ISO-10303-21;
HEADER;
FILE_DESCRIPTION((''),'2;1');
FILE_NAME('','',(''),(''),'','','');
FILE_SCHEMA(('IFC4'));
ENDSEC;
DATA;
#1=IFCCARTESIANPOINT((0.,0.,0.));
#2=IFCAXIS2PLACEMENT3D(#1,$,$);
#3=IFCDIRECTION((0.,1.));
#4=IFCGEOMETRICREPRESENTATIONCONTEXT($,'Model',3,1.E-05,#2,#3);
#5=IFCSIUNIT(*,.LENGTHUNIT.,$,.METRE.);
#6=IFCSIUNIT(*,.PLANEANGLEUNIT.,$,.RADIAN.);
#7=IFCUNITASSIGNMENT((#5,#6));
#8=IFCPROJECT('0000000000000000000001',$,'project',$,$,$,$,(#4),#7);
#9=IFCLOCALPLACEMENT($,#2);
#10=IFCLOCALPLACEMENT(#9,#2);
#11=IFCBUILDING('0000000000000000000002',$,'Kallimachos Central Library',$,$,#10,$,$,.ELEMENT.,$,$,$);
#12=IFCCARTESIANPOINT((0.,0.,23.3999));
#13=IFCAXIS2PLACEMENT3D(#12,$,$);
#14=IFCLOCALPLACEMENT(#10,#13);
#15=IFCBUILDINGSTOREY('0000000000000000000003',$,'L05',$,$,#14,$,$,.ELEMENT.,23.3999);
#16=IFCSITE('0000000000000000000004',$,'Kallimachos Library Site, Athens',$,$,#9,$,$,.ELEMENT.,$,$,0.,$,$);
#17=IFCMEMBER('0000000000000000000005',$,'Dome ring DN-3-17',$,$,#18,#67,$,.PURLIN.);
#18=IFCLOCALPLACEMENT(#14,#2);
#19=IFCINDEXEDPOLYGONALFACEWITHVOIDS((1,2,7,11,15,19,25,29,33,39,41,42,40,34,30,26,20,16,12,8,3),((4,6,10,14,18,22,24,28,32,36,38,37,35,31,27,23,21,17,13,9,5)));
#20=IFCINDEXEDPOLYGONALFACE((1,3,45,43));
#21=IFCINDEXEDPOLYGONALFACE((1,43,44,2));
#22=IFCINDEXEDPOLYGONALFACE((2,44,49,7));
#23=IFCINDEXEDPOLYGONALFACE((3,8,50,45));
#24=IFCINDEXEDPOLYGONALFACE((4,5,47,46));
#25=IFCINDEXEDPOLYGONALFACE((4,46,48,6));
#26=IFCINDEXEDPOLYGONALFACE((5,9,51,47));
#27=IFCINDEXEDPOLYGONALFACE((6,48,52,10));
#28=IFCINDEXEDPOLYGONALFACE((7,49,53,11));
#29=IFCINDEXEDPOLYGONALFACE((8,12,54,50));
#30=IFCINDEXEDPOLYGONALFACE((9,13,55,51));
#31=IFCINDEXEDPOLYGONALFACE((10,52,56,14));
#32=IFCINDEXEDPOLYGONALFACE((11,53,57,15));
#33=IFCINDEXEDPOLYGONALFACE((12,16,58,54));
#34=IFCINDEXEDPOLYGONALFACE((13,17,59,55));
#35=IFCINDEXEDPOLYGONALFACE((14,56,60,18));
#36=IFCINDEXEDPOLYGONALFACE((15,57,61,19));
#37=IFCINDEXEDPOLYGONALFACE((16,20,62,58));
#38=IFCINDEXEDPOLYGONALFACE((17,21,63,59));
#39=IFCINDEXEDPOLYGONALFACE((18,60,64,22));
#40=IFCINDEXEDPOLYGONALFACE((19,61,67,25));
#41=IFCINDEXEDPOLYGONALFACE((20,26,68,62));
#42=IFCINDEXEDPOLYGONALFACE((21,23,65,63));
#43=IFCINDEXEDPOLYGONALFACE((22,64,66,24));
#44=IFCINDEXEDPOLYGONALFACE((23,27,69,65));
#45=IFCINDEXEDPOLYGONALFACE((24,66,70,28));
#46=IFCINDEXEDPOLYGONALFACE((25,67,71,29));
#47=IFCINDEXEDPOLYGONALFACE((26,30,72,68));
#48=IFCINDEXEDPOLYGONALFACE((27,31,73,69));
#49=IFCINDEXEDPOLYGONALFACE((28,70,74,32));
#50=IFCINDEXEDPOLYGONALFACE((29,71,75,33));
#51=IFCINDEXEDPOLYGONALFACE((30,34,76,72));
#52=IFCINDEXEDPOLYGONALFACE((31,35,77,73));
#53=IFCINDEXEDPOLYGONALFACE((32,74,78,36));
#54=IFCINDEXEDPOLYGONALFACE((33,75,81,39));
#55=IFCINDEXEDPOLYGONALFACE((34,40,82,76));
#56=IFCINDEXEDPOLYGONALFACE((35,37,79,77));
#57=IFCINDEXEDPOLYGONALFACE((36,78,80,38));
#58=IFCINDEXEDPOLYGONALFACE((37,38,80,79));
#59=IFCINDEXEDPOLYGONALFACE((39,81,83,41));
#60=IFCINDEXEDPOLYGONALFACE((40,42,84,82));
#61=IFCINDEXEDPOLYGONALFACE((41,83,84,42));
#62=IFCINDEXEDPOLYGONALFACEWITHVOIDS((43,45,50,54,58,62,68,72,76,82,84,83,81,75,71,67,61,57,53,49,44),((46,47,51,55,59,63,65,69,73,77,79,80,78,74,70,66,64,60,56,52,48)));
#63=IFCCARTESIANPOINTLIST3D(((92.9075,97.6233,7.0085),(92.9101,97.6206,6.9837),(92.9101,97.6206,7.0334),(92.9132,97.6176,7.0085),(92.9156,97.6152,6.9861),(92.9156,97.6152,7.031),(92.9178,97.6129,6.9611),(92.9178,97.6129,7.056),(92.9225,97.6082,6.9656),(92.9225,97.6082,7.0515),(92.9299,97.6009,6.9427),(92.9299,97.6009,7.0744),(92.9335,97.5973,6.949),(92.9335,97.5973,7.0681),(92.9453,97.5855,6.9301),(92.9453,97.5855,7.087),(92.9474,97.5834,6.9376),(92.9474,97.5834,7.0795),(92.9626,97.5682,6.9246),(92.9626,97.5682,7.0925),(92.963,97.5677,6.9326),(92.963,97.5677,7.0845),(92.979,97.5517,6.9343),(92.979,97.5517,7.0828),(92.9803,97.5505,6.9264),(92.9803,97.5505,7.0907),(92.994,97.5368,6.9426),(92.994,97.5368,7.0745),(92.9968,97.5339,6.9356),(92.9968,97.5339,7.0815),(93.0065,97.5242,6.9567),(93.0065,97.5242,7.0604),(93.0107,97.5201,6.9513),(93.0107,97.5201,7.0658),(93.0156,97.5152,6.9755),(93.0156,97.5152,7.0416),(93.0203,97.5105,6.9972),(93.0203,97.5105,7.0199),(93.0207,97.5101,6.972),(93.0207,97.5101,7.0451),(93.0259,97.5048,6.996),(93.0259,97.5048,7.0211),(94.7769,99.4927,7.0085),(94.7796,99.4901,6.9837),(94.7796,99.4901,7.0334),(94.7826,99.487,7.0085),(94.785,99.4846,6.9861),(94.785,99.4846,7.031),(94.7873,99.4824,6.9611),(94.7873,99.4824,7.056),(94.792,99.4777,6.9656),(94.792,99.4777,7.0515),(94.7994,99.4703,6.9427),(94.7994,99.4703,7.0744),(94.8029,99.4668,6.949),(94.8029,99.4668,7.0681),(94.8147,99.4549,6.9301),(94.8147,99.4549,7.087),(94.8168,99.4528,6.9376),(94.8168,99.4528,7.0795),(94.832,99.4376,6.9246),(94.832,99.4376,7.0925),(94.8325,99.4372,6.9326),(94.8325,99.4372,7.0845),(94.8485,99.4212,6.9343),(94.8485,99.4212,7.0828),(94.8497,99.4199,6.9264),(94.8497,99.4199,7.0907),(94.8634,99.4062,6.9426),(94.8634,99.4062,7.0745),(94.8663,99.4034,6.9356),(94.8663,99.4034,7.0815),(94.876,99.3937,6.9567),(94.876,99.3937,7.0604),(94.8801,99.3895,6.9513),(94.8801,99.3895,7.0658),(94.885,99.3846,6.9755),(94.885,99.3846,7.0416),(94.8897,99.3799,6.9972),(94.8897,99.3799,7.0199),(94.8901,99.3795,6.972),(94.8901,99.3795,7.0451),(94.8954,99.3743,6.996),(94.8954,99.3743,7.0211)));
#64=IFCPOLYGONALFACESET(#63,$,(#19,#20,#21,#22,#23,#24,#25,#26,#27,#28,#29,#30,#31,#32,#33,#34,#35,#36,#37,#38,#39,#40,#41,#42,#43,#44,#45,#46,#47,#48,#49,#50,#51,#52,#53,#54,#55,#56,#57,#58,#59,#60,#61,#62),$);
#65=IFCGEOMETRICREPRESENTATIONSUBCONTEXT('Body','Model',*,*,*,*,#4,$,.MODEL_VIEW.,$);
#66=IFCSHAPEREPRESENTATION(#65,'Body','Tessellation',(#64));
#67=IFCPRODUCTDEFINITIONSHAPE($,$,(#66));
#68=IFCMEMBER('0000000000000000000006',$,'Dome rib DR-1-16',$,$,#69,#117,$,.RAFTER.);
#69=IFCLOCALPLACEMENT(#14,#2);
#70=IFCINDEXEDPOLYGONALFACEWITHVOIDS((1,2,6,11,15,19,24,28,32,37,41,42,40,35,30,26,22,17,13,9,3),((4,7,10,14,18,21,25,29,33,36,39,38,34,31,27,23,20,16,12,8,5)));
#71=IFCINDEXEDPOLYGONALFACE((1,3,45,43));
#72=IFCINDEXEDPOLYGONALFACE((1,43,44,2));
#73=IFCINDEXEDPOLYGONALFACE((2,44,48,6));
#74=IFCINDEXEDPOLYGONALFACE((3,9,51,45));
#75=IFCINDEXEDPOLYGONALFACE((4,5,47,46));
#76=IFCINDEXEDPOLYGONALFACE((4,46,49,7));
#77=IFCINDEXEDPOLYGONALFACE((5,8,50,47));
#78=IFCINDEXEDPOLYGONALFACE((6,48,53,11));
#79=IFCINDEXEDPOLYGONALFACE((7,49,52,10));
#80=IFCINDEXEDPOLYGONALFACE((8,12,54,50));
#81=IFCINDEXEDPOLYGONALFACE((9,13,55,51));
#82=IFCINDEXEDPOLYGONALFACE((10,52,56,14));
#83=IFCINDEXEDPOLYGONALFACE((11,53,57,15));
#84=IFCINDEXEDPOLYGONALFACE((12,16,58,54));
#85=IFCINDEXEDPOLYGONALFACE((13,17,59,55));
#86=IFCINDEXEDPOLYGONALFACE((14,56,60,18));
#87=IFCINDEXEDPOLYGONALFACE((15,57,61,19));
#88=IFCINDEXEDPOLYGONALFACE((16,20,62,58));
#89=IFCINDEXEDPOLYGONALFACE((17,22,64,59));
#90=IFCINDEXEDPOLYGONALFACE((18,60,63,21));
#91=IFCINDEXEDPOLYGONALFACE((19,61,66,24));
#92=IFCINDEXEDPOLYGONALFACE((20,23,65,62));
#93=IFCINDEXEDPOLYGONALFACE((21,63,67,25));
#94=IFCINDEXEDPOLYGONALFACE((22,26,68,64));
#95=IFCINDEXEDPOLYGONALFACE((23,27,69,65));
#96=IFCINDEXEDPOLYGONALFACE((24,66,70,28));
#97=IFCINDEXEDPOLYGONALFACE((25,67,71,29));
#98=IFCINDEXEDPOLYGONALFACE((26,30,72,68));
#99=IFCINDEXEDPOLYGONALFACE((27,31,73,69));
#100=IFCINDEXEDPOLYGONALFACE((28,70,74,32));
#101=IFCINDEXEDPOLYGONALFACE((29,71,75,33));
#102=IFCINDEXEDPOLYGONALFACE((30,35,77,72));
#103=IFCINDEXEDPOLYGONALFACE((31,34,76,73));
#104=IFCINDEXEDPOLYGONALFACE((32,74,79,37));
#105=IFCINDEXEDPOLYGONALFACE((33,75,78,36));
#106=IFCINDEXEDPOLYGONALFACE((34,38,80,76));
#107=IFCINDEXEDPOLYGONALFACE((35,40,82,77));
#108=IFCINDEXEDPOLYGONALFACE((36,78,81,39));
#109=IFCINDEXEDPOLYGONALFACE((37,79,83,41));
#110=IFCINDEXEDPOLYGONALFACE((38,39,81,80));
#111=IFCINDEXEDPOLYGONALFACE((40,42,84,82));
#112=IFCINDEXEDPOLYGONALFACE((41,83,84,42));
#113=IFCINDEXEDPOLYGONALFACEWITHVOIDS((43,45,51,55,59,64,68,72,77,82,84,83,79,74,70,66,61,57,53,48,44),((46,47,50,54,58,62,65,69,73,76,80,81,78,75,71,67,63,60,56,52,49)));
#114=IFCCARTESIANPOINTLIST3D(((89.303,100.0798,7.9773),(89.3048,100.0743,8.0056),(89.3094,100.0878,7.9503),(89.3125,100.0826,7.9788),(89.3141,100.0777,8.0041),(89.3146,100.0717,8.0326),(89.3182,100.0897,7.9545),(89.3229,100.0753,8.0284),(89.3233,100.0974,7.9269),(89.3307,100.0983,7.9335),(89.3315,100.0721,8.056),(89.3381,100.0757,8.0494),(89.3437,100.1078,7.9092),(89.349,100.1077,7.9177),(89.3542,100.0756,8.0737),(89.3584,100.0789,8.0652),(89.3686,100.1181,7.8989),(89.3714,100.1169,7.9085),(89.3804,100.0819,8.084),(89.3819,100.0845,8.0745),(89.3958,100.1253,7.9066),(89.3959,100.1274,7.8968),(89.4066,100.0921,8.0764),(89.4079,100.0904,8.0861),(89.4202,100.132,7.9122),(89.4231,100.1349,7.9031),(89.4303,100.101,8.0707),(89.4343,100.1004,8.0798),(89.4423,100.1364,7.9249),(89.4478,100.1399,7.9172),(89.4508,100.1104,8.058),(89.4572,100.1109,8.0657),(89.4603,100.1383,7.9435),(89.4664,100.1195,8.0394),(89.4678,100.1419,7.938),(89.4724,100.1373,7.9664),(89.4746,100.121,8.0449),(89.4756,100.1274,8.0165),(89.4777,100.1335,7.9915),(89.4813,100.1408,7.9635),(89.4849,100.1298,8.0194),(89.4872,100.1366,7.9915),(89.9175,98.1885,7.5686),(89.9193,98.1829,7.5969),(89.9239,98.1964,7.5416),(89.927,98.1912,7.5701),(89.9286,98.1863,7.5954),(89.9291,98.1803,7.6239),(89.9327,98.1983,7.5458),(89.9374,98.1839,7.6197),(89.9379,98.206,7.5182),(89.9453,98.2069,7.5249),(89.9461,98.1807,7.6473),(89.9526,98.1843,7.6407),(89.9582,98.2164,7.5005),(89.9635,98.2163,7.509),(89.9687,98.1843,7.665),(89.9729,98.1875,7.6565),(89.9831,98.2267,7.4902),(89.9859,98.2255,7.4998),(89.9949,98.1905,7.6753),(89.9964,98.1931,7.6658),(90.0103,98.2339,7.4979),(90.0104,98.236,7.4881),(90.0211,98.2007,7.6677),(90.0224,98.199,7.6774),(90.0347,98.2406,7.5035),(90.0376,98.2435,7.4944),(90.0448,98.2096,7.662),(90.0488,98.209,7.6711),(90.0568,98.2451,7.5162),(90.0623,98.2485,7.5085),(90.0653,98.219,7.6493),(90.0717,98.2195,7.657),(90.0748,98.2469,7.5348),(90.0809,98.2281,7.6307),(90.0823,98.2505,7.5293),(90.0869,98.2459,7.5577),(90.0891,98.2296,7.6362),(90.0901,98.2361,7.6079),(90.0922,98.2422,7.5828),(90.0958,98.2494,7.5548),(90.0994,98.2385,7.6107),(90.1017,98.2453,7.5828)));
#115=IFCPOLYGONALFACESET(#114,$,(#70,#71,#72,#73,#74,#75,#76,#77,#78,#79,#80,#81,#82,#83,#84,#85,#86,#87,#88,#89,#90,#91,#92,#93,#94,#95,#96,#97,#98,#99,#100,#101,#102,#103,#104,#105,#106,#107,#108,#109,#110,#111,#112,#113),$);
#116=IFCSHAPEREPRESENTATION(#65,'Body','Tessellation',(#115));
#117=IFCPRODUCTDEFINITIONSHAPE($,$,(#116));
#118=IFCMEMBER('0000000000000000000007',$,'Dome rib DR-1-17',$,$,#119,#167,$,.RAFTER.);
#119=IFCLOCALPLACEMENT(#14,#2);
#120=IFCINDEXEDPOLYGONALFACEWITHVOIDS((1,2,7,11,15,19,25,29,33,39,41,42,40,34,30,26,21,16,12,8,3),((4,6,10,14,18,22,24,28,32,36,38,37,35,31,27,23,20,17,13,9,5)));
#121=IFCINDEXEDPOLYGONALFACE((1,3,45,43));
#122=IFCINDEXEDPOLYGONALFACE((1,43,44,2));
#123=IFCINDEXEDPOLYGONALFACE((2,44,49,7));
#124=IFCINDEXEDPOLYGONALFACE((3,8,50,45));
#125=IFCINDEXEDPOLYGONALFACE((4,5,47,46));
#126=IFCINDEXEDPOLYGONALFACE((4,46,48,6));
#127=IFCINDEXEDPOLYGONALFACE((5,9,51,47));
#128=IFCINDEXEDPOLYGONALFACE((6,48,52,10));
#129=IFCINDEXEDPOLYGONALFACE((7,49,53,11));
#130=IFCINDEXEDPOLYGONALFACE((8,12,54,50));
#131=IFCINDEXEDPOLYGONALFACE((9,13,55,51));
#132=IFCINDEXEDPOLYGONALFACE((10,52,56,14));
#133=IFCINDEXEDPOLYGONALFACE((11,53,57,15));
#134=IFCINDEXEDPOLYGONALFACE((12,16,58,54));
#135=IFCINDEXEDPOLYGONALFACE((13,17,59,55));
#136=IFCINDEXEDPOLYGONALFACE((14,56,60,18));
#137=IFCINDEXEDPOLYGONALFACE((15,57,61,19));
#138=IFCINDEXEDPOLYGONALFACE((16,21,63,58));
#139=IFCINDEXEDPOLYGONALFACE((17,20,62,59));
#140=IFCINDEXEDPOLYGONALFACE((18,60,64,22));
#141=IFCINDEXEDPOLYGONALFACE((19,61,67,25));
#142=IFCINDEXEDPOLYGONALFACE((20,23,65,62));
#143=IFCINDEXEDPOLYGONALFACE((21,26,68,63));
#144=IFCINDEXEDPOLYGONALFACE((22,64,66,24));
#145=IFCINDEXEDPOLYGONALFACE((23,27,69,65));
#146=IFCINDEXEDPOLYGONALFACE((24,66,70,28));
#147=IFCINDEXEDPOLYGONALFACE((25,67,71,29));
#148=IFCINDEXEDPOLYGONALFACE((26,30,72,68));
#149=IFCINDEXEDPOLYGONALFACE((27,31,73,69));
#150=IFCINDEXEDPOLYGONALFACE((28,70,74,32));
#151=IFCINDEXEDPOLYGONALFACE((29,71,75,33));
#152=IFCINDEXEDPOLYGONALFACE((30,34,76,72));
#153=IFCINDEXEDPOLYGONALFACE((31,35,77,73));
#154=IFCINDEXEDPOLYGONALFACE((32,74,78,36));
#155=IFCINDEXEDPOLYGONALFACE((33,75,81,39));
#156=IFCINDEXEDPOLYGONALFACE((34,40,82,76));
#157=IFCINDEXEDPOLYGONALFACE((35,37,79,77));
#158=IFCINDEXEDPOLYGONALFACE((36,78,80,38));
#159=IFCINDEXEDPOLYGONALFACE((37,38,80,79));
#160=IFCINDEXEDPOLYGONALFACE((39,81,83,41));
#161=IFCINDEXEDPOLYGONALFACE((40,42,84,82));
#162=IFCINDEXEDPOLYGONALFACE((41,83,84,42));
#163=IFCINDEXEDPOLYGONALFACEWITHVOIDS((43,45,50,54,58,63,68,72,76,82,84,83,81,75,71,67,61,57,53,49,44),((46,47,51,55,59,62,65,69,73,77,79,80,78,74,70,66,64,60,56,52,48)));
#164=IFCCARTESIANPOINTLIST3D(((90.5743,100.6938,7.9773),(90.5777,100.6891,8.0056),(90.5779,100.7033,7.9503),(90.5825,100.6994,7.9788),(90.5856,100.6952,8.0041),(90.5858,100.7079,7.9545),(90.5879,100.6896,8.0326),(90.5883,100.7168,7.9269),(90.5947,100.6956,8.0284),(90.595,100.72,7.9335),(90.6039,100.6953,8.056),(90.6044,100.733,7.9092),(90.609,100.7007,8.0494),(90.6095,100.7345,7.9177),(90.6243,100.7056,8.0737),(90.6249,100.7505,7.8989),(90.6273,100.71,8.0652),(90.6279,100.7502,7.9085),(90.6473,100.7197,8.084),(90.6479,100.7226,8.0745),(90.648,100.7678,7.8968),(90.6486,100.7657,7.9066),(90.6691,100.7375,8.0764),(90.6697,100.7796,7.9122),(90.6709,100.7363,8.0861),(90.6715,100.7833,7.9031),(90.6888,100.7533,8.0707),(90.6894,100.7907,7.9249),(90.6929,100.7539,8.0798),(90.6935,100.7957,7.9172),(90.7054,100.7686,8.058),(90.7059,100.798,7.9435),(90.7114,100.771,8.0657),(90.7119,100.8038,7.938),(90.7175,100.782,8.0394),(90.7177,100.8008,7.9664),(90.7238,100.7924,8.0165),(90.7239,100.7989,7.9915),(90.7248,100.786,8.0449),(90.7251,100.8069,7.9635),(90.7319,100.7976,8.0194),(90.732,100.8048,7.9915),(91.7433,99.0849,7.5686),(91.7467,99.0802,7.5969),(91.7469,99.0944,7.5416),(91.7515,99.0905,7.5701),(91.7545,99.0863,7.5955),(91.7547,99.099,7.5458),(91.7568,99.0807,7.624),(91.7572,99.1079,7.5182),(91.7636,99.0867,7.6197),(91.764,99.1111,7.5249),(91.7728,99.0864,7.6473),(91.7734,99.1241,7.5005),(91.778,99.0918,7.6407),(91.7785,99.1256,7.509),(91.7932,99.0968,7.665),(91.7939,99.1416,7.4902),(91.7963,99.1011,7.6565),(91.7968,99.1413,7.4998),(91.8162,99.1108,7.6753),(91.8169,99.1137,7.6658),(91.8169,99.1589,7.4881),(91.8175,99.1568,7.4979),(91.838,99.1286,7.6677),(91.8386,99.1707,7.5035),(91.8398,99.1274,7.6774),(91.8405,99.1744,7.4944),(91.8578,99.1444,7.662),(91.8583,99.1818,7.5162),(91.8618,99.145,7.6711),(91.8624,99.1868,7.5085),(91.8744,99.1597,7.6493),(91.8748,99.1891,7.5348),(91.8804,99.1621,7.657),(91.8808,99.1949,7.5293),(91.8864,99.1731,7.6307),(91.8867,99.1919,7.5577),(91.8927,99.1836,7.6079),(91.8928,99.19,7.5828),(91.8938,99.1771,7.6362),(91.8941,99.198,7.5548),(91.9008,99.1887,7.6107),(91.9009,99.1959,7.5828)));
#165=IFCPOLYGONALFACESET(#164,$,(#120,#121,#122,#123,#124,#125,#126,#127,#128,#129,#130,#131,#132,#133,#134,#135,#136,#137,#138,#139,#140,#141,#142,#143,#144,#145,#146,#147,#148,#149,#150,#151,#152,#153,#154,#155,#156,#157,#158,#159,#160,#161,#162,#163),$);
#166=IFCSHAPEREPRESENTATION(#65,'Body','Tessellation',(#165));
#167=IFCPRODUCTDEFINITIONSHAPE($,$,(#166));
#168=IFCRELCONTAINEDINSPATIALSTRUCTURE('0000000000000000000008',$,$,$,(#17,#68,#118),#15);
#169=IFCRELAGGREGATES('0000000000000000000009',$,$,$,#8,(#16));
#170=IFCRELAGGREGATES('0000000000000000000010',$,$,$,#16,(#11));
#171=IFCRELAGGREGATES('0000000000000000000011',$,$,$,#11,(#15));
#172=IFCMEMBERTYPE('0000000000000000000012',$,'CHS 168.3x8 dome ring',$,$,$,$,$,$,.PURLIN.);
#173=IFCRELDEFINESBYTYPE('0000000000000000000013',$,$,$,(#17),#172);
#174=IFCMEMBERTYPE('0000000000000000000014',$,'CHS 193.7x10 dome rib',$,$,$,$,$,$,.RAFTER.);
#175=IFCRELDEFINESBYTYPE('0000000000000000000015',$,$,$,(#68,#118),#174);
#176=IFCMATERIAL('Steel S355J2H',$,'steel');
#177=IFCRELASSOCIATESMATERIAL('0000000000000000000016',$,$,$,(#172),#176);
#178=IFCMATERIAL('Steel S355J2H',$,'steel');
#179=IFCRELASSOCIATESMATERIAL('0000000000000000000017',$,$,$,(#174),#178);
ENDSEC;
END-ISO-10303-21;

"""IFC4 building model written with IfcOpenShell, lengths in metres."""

from ifc_helpers import new_model, si_unit, direction, frame, origin, origin_2d, place, context, subcontext, project, spatial, hollow_circle, extrude, material, material_profile, profile_set, type_object, element, save


model = new_model("IFC4")

# Units and contexts
model_context = context("Model", 3, precision=1e-05, world=origin(), true_north=direction((0.0, 1.0)))
body_context = subcontext(model_context, "Body", "Model", "MODEL_VIEW")
ifc_project = project(units=[si_unit("LENGTHUNIT", "METRE"), si_unit("PLANEANGLEUNIT", "RADIAN")], contexts=[model_context])

# Site, building, storey
site_placement = place(None, origin())
site = spatial("IfcSite", under=ifc_project, at=site_placement, Name="Kallimachos Library Site, Athens", CompositionType="ELEMENT", RefElevation=0.0)
building_placement = place(site_placement, origin())
building = spatial("IfcBuilding", under=site, at=building_placement, Name="Kallimachos Central Library", CompositionType="ELEMENT")
storey_placement = place(building_placement, frame((0.0, 0.0, 23.3999)))
storey = spatial("IfcBuildingStorey", under=building, at=storey_placement, Name="L05", CompositionType="ELEMENT", Elevation=23.3999)

# Members
ifc_material_1 = material(Name="Steel S355J2H", Category="steel")
ifc_material_profile_1 = material_profile(ifc_material_1, hollow_circle(Radius=0.0842, WallThickness=0.0081, at=origin_2d()), Name="CHS 168.3x8")
ifc_profile_set_1 = profile_set([ifc_material_profile_1], Name="Steel S355J2H")
member_type_1 = type_object("IfcMemberType", Name="CHS 168.3x8 dome ring", PredefinedType="PURLIN", material=ifc_profile_set_1)
member_1_placement = place(storey_placement, frame((92.967, 97.5637, 7.0085), z_axis=(0.707107, 0.707107, 0.0), x_axis=(-0.707107, 0.707107, 0.0)))
element("IfcMember", 1, at=member_1_placement, inside=storey, type_object=member_type_1, Name="Dome ring DN-3-17", PredefinedType="PURLIN", context=body_context, shape_type="SweptSolid", body=[
    extrude(hollow_circle(Radius=0.0842, WallThickness=0.0081, at=origin_2d()), origin(), (0.0, 0.0, 1.0), 2.6438),
])
ifc_material_2 = material(Name="Steel S355J2H", Category="steel")
ifc_material_profile_2 = material_profile(ifc_material_2, hollow_circle(Radius=0.0969, WallThickness=0.01, at=origin_2d()), Name="CHS 193.7x10")
ifc_profile_set_2 = profile_set([ifc_material_profile_2], Name="Steel S355J2H")
member_type_2 = type_object("IfcMemberType", Name="CHS 193.7x10 dome rib", PredefinedType="RAFTER", material=ifc_profile_set_2)
for number, where, z_axis, x_axis, name in (
    (2, (89.395, 100.1067, 7.9915), (0.302675, -0.931593, -0.201302), (0.951062, 0.309, 0.0), "Dome rib DR-1-16"),
    (3, (90.6536, 100.7478, 7.9915), (0.57576, -0.792451, -0.201299), (0.809012, 0.587792, 0.0), "Dome rib DR-1-17"),
):
    element("IfcMember", number, at=place(storey_placement, frame(where, z_axis=z_axis, x_axis=x_axis)), inside=storey, type_object=member_type_2, Name=name, PredefinedType="RAFTER", context=body_context, shape_type="SweptSolid", body=[
        extrude(hollow_circle(Radius=0.0969, WallThickness=0.01, at=origin_2d()), origin(), (0.0, 0.0, 1.0), 2.0303),
    ])

save(model, "model.ifc")
